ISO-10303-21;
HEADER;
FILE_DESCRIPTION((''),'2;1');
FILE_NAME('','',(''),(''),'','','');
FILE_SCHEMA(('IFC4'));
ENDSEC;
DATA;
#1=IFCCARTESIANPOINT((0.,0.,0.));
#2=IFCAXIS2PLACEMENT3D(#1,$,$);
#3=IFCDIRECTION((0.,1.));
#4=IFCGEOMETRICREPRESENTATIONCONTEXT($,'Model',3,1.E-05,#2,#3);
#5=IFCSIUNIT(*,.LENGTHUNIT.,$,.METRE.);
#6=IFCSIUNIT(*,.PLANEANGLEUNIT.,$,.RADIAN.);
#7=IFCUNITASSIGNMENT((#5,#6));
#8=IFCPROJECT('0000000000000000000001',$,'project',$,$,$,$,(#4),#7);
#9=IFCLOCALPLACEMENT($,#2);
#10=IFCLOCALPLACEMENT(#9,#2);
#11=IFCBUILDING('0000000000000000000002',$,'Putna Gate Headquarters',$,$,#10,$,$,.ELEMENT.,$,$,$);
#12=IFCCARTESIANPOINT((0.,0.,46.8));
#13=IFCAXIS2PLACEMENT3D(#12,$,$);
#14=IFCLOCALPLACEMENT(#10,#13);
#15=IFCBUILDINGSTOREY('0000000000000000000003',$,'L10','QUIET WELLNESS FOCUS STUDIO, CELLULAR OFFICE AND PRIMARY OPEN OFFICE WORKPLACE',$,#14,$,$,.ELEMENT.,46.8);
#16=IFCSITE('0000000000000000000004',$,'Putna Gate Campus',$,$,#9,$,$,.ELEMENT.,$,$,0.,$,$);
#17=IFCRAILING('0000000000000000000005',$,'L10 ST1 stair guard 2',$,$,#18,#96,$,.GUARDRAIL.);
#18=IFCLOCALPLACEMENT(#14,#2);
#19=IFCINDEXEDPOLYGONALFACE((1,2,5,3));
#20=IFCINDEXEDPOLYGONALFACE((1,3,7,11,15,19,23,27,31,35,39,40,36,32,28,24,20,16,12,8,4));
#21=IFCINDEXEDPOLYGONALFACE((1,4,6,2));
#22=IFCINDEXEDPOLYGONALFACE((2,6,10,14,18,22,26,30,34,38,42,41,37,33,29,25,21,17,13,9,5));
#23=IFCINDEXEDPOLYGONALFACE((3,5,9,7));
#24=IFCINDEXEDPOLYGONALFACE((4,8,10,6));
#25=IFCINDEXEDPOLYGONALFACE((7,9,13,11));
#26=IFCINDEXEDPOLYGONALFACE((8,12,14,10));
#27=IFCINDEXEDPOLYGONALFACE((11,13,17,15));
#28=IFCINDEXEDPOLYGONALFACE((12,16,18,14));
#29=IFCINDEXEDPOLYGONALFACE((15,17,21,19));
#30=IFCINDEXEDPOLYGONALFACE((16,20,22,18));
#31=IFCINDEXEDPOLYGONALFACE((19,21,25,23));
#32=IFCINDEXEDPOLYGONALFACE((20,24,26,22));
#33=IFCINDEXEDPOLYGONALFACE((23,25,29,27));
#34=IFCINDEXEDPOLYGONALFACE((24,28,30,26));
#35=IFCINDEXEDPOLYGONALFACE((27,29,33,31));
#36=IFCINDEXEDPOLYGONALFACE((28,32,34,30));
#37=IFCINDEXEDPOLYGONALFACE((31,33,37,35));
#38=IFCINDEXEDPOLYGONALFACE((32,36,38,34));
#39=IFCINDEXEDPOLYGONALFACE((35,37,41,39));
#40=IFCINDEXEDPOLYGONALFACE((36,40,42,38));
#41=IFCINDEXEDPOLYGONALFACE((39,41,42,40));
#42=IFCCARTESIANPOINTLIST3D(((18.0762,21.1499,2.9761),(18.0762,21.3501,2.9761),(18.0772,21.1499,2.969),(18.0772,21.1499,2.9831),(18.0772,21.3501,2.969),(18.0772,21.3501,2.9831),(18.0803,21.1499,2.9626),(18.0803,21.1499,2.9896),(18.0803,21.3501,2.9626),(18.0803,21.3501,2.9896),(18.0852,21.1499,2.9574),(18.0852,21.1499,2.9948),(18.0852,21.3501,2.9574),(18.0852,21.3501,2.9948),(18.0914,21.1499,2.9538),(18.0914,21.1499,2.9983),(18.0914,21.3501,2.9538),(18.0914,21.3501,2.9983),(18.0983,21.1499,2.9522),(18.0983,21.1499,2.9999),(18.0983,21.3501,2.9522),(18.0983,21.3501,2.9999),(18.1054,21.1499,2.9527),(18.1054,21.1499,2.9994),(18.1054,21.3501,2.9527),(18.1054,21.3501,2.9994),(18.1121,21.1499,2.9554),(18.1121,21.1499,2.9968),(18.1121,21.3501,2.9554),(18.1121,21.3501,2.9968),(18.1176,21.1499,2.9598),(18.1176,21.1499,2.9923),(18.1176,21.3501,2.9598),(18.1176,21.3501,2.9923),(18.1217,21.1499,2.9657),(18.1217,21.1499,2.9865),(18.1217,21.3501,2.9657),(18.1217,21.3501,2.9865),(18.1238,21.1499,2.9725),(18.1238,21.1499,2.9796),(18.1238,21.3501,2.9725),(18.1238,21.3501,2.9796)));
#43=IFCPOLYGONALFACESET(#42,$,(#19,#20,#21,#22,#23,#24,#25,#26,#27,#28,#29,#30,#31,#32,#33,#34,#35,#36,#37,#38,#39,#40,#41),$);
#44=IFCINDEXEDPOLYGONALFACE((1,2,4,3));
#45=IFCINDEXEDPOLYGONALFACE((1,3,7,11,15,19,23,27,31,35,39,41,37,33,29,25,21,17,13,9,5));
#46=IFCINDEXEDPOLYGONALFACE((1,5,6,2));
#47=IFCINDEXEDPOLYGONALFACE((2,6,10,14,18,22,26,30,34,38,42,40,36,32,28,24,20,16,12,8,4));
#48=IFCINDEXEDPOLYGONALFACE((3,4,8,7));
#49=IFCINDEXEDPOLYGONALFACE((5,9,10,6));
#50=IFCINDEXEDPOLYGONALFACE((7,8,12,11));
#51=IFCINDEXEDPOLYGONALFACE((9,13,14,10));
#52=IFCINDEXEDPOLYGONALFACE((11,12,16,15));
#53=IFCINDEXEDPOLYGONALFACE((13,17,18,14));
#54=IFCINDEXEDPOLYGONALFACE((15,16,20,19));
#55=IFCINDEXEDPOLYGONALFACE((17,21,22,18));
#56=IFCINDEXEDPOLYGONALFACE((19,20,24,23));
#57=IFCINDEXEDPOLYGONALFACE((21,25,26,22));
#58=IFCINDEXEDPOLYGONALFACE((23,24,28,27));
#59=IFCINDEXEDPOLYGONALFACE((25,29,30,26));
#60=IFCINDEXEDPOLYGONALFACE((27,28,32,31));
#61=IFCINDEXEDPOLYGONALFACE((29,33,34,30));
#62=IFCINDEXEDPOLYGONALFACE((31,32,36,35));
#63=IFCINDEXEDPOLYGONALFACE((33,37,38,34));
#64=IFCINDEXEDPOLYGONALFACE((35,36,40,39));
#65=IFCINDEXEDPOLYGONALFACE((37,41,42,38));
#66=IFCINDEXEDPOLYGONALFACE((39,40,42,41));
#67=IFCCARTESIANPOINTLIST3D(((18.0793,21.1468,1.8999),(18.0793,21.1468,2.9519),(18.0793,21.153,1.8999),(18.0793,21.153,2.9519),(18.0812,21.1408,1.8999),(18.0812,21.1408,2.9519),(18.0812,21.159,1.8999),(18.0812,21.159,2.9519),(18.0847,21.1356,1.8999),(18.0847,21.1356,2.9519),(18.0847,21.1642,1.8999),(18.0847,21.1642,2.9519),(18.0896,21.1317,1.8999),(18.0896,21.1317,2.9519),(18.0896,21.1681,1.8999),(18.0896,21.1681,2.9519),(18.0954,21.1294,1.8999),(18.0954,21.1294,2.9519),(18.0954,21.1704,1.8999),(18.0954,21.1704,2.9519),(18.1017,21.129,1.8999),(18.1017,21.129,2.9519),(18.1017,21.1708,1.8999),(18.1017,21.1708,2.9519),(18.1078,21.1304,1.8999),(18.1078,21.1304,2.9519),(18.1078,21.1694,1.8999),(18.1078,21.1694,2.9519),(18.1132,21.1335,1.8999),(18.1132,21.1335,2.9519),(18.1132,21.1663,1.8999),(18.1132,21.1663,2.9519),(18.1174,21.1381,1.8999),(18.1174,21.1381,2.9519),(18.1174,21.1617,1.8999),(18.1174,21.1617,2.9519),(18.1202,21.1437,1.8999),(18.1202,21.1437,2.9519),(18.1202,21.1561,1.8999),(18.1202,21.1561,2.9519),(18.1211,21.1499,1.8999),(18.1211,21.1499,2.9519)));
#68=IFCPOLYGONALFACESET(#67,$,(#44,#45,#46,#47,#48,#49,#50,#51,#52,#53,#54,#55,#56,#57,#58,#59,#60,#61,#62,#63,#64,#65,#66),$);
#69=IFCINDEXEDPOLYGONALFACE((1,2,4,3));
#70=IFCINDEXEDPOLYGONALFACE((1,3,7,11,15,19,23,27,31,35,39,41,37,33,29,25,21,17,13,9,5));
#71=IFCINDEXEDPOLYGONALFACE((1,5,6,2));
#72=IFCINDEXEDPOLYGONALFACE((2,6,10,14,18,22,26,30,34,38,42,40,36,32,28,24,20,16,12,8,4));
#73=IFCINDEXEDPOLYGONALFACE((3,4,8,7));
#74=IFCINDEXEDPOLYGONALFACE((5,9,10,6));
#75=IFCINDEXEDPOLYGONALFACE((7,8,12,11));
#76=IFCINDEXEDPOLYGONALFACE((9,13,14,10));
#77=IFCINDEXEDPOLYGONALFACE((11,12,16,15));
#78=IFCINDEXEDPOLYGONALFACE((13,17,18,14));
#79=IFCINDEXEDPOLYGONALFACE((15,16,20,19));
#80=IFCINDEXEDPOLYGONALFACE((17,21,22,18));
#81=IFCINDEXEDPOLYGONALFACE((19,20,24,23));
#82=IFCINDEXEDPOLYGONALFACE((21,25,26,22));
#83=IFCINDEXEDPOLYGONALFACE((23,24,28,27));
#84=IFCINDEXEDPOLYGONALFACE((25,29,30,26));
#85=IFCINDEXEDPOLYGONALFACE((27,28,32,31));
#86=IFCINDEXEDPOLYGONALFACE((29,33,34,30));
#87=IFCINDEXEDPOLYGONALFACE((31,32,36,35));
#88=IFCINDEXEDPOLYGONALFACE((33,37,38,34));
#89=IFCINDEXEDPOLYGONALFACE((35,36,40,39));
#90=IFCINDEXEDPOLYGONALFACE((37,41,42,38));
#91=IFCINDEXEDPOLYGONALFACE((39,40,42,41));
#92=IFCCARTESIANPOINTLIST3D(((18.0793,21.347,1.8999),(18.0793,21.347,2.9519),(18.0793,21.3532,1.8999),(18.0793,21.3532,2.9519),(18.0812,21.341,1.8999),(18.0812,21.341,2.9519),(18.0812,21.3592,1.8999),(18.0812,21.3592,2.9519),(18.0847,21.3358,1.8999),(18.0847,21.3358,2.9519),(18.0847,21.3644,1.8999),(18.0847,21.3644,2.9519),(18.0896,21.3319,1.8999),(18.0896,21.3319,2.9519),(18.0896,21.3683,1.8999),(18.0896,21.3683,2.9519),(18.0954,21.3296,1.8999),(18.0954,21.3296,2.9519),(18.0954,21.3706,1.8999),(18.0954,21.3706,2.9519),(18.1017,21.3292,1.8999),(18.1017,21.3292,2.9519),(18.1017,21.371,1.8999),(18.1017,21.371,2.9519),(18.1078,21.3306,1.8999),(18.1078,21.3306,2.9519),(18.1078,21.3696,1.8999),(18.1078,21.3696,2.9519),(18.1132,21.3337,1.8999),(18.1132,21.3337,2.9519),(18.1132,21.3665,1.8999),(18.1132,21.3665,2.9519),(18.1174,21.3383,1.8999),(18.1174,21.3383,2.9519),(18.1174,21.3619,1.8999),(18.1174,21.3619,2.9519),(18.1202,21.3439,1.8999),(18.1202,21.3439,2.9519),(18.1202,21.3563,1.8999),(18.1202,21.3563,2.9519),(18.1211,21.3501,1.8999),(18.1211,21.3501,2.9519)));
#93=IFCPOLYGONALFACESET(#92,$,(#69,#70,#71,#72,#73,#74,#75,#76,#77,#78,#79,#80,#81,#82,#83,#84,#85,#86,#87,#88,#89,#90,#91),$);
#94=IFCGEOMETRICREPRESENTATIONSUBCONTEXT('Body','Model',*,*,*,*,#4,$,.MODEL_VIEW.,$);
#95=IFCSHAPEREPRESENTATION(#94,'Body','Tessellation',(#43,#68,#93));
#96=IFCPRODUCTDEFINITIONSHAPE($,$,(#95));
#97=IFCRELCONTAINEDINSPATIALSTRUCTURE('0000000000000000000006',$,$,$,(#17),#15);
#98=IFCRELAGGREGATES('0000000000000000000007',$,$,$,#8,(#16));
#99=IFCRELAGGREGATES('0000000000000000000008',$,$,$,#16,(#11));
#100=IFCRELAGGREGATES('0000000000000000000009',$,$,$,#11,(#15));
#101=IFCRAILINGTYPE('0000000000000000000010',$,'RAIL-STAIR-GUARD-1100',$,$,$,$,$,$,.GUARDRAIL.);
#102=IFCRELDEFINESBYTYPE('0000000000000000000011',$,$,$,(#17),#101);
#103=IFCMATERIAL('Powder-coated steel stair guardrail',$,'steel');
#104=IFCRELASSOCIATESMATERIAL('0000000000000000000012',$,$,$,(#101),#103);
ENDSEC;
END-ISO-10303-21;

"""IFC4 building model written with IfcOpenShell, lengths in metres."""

from ifc_helpers import new_model, si_unit, direction, frame, origin, origin_2d, place, context, subcontext, project, spatial, circle, extrude, material, type_object, element, save


model = new_model("IFC4")

# Units and contexts
model_context = context("Model", 3, precision=1e-05, world=origin(), true_north=direction((0.0, 1.0)))
body_context = subcontext(model_context, "Body", "Model", "MODEL_VIEW")
ifc_project = project(units=[si_unit("LENGTHUNIT", "METRE"), si_unit("PLANEANGLEUNIT", "RADIAN")], contexts=[model_context])

# Site, building, storey
site_placement = place(None, origin())
site = spatial("IfcSite", under=ifc_project, at=site_placement, Name="Putna Gate Campus", CompositionType="ELEMENT", RefElevation=0.0)
building_placement = place(site_placement, origin())
building = spatial("IfcBuilding", under=site, at=building_placement, Name="Putna Gate Headquarters", CompositionType="ELEMENT")
storey_placement = place(building_placement, frame((0.0, 0.0, 46.8)))
storey = spatial("IfcBuildingStorey", under=building, at=storey_placement, Name="L10", Description="QUIET WELLNESS FOCUS STUDIO, CELLULAR OFFICE AND PRIMARY OPEN OFFICE WORKPLACE", CompositionType="ELEMENT", Elevation=46.8)

# Railing
ifc_material_1 = material(Name="Powder-coated steel stair guardrail", Category="steel")
railing_type_1 = type_object("IfcRailingType", Name="RAIL-STAIR-GUARD-1100", PredefinedType="GUARDRAIL", material=ifc_material_1)
railing_1_placement = place(storey_placement, frame((18.1001, 21.1499, 1.8999)))
element("IfcRailing", 1, at=railing_1_placement, inside=storey, type_object=railing_type_1, Name="L10 ST1 stair guard 2", PredefinedType="GUARDRAIL", context=body_context, shape_type="SweptSolid", body=[
    extrude(circle(Radius=0.0239, at=origin_2d()), frame((0.0, 0.0, 1.0762), z_axis=(0.0, 1.0, 0.0), x_axis=(-1.0, 0.0, 0.0)), (0.0, 0.0, 1.0), 0.2002),
    extrude(circle(Radius=0.021, at=origin_2d()), origin(), (0.0, 0.0, 1.0), 1.052),
    extrude(circle(Radius=0.021, at=origin_2d()), frame((0.0, 0.2002, 0.0)), (0.0, 0.0, 1.0), 1.052),
])

save(model, "model.ifc")
